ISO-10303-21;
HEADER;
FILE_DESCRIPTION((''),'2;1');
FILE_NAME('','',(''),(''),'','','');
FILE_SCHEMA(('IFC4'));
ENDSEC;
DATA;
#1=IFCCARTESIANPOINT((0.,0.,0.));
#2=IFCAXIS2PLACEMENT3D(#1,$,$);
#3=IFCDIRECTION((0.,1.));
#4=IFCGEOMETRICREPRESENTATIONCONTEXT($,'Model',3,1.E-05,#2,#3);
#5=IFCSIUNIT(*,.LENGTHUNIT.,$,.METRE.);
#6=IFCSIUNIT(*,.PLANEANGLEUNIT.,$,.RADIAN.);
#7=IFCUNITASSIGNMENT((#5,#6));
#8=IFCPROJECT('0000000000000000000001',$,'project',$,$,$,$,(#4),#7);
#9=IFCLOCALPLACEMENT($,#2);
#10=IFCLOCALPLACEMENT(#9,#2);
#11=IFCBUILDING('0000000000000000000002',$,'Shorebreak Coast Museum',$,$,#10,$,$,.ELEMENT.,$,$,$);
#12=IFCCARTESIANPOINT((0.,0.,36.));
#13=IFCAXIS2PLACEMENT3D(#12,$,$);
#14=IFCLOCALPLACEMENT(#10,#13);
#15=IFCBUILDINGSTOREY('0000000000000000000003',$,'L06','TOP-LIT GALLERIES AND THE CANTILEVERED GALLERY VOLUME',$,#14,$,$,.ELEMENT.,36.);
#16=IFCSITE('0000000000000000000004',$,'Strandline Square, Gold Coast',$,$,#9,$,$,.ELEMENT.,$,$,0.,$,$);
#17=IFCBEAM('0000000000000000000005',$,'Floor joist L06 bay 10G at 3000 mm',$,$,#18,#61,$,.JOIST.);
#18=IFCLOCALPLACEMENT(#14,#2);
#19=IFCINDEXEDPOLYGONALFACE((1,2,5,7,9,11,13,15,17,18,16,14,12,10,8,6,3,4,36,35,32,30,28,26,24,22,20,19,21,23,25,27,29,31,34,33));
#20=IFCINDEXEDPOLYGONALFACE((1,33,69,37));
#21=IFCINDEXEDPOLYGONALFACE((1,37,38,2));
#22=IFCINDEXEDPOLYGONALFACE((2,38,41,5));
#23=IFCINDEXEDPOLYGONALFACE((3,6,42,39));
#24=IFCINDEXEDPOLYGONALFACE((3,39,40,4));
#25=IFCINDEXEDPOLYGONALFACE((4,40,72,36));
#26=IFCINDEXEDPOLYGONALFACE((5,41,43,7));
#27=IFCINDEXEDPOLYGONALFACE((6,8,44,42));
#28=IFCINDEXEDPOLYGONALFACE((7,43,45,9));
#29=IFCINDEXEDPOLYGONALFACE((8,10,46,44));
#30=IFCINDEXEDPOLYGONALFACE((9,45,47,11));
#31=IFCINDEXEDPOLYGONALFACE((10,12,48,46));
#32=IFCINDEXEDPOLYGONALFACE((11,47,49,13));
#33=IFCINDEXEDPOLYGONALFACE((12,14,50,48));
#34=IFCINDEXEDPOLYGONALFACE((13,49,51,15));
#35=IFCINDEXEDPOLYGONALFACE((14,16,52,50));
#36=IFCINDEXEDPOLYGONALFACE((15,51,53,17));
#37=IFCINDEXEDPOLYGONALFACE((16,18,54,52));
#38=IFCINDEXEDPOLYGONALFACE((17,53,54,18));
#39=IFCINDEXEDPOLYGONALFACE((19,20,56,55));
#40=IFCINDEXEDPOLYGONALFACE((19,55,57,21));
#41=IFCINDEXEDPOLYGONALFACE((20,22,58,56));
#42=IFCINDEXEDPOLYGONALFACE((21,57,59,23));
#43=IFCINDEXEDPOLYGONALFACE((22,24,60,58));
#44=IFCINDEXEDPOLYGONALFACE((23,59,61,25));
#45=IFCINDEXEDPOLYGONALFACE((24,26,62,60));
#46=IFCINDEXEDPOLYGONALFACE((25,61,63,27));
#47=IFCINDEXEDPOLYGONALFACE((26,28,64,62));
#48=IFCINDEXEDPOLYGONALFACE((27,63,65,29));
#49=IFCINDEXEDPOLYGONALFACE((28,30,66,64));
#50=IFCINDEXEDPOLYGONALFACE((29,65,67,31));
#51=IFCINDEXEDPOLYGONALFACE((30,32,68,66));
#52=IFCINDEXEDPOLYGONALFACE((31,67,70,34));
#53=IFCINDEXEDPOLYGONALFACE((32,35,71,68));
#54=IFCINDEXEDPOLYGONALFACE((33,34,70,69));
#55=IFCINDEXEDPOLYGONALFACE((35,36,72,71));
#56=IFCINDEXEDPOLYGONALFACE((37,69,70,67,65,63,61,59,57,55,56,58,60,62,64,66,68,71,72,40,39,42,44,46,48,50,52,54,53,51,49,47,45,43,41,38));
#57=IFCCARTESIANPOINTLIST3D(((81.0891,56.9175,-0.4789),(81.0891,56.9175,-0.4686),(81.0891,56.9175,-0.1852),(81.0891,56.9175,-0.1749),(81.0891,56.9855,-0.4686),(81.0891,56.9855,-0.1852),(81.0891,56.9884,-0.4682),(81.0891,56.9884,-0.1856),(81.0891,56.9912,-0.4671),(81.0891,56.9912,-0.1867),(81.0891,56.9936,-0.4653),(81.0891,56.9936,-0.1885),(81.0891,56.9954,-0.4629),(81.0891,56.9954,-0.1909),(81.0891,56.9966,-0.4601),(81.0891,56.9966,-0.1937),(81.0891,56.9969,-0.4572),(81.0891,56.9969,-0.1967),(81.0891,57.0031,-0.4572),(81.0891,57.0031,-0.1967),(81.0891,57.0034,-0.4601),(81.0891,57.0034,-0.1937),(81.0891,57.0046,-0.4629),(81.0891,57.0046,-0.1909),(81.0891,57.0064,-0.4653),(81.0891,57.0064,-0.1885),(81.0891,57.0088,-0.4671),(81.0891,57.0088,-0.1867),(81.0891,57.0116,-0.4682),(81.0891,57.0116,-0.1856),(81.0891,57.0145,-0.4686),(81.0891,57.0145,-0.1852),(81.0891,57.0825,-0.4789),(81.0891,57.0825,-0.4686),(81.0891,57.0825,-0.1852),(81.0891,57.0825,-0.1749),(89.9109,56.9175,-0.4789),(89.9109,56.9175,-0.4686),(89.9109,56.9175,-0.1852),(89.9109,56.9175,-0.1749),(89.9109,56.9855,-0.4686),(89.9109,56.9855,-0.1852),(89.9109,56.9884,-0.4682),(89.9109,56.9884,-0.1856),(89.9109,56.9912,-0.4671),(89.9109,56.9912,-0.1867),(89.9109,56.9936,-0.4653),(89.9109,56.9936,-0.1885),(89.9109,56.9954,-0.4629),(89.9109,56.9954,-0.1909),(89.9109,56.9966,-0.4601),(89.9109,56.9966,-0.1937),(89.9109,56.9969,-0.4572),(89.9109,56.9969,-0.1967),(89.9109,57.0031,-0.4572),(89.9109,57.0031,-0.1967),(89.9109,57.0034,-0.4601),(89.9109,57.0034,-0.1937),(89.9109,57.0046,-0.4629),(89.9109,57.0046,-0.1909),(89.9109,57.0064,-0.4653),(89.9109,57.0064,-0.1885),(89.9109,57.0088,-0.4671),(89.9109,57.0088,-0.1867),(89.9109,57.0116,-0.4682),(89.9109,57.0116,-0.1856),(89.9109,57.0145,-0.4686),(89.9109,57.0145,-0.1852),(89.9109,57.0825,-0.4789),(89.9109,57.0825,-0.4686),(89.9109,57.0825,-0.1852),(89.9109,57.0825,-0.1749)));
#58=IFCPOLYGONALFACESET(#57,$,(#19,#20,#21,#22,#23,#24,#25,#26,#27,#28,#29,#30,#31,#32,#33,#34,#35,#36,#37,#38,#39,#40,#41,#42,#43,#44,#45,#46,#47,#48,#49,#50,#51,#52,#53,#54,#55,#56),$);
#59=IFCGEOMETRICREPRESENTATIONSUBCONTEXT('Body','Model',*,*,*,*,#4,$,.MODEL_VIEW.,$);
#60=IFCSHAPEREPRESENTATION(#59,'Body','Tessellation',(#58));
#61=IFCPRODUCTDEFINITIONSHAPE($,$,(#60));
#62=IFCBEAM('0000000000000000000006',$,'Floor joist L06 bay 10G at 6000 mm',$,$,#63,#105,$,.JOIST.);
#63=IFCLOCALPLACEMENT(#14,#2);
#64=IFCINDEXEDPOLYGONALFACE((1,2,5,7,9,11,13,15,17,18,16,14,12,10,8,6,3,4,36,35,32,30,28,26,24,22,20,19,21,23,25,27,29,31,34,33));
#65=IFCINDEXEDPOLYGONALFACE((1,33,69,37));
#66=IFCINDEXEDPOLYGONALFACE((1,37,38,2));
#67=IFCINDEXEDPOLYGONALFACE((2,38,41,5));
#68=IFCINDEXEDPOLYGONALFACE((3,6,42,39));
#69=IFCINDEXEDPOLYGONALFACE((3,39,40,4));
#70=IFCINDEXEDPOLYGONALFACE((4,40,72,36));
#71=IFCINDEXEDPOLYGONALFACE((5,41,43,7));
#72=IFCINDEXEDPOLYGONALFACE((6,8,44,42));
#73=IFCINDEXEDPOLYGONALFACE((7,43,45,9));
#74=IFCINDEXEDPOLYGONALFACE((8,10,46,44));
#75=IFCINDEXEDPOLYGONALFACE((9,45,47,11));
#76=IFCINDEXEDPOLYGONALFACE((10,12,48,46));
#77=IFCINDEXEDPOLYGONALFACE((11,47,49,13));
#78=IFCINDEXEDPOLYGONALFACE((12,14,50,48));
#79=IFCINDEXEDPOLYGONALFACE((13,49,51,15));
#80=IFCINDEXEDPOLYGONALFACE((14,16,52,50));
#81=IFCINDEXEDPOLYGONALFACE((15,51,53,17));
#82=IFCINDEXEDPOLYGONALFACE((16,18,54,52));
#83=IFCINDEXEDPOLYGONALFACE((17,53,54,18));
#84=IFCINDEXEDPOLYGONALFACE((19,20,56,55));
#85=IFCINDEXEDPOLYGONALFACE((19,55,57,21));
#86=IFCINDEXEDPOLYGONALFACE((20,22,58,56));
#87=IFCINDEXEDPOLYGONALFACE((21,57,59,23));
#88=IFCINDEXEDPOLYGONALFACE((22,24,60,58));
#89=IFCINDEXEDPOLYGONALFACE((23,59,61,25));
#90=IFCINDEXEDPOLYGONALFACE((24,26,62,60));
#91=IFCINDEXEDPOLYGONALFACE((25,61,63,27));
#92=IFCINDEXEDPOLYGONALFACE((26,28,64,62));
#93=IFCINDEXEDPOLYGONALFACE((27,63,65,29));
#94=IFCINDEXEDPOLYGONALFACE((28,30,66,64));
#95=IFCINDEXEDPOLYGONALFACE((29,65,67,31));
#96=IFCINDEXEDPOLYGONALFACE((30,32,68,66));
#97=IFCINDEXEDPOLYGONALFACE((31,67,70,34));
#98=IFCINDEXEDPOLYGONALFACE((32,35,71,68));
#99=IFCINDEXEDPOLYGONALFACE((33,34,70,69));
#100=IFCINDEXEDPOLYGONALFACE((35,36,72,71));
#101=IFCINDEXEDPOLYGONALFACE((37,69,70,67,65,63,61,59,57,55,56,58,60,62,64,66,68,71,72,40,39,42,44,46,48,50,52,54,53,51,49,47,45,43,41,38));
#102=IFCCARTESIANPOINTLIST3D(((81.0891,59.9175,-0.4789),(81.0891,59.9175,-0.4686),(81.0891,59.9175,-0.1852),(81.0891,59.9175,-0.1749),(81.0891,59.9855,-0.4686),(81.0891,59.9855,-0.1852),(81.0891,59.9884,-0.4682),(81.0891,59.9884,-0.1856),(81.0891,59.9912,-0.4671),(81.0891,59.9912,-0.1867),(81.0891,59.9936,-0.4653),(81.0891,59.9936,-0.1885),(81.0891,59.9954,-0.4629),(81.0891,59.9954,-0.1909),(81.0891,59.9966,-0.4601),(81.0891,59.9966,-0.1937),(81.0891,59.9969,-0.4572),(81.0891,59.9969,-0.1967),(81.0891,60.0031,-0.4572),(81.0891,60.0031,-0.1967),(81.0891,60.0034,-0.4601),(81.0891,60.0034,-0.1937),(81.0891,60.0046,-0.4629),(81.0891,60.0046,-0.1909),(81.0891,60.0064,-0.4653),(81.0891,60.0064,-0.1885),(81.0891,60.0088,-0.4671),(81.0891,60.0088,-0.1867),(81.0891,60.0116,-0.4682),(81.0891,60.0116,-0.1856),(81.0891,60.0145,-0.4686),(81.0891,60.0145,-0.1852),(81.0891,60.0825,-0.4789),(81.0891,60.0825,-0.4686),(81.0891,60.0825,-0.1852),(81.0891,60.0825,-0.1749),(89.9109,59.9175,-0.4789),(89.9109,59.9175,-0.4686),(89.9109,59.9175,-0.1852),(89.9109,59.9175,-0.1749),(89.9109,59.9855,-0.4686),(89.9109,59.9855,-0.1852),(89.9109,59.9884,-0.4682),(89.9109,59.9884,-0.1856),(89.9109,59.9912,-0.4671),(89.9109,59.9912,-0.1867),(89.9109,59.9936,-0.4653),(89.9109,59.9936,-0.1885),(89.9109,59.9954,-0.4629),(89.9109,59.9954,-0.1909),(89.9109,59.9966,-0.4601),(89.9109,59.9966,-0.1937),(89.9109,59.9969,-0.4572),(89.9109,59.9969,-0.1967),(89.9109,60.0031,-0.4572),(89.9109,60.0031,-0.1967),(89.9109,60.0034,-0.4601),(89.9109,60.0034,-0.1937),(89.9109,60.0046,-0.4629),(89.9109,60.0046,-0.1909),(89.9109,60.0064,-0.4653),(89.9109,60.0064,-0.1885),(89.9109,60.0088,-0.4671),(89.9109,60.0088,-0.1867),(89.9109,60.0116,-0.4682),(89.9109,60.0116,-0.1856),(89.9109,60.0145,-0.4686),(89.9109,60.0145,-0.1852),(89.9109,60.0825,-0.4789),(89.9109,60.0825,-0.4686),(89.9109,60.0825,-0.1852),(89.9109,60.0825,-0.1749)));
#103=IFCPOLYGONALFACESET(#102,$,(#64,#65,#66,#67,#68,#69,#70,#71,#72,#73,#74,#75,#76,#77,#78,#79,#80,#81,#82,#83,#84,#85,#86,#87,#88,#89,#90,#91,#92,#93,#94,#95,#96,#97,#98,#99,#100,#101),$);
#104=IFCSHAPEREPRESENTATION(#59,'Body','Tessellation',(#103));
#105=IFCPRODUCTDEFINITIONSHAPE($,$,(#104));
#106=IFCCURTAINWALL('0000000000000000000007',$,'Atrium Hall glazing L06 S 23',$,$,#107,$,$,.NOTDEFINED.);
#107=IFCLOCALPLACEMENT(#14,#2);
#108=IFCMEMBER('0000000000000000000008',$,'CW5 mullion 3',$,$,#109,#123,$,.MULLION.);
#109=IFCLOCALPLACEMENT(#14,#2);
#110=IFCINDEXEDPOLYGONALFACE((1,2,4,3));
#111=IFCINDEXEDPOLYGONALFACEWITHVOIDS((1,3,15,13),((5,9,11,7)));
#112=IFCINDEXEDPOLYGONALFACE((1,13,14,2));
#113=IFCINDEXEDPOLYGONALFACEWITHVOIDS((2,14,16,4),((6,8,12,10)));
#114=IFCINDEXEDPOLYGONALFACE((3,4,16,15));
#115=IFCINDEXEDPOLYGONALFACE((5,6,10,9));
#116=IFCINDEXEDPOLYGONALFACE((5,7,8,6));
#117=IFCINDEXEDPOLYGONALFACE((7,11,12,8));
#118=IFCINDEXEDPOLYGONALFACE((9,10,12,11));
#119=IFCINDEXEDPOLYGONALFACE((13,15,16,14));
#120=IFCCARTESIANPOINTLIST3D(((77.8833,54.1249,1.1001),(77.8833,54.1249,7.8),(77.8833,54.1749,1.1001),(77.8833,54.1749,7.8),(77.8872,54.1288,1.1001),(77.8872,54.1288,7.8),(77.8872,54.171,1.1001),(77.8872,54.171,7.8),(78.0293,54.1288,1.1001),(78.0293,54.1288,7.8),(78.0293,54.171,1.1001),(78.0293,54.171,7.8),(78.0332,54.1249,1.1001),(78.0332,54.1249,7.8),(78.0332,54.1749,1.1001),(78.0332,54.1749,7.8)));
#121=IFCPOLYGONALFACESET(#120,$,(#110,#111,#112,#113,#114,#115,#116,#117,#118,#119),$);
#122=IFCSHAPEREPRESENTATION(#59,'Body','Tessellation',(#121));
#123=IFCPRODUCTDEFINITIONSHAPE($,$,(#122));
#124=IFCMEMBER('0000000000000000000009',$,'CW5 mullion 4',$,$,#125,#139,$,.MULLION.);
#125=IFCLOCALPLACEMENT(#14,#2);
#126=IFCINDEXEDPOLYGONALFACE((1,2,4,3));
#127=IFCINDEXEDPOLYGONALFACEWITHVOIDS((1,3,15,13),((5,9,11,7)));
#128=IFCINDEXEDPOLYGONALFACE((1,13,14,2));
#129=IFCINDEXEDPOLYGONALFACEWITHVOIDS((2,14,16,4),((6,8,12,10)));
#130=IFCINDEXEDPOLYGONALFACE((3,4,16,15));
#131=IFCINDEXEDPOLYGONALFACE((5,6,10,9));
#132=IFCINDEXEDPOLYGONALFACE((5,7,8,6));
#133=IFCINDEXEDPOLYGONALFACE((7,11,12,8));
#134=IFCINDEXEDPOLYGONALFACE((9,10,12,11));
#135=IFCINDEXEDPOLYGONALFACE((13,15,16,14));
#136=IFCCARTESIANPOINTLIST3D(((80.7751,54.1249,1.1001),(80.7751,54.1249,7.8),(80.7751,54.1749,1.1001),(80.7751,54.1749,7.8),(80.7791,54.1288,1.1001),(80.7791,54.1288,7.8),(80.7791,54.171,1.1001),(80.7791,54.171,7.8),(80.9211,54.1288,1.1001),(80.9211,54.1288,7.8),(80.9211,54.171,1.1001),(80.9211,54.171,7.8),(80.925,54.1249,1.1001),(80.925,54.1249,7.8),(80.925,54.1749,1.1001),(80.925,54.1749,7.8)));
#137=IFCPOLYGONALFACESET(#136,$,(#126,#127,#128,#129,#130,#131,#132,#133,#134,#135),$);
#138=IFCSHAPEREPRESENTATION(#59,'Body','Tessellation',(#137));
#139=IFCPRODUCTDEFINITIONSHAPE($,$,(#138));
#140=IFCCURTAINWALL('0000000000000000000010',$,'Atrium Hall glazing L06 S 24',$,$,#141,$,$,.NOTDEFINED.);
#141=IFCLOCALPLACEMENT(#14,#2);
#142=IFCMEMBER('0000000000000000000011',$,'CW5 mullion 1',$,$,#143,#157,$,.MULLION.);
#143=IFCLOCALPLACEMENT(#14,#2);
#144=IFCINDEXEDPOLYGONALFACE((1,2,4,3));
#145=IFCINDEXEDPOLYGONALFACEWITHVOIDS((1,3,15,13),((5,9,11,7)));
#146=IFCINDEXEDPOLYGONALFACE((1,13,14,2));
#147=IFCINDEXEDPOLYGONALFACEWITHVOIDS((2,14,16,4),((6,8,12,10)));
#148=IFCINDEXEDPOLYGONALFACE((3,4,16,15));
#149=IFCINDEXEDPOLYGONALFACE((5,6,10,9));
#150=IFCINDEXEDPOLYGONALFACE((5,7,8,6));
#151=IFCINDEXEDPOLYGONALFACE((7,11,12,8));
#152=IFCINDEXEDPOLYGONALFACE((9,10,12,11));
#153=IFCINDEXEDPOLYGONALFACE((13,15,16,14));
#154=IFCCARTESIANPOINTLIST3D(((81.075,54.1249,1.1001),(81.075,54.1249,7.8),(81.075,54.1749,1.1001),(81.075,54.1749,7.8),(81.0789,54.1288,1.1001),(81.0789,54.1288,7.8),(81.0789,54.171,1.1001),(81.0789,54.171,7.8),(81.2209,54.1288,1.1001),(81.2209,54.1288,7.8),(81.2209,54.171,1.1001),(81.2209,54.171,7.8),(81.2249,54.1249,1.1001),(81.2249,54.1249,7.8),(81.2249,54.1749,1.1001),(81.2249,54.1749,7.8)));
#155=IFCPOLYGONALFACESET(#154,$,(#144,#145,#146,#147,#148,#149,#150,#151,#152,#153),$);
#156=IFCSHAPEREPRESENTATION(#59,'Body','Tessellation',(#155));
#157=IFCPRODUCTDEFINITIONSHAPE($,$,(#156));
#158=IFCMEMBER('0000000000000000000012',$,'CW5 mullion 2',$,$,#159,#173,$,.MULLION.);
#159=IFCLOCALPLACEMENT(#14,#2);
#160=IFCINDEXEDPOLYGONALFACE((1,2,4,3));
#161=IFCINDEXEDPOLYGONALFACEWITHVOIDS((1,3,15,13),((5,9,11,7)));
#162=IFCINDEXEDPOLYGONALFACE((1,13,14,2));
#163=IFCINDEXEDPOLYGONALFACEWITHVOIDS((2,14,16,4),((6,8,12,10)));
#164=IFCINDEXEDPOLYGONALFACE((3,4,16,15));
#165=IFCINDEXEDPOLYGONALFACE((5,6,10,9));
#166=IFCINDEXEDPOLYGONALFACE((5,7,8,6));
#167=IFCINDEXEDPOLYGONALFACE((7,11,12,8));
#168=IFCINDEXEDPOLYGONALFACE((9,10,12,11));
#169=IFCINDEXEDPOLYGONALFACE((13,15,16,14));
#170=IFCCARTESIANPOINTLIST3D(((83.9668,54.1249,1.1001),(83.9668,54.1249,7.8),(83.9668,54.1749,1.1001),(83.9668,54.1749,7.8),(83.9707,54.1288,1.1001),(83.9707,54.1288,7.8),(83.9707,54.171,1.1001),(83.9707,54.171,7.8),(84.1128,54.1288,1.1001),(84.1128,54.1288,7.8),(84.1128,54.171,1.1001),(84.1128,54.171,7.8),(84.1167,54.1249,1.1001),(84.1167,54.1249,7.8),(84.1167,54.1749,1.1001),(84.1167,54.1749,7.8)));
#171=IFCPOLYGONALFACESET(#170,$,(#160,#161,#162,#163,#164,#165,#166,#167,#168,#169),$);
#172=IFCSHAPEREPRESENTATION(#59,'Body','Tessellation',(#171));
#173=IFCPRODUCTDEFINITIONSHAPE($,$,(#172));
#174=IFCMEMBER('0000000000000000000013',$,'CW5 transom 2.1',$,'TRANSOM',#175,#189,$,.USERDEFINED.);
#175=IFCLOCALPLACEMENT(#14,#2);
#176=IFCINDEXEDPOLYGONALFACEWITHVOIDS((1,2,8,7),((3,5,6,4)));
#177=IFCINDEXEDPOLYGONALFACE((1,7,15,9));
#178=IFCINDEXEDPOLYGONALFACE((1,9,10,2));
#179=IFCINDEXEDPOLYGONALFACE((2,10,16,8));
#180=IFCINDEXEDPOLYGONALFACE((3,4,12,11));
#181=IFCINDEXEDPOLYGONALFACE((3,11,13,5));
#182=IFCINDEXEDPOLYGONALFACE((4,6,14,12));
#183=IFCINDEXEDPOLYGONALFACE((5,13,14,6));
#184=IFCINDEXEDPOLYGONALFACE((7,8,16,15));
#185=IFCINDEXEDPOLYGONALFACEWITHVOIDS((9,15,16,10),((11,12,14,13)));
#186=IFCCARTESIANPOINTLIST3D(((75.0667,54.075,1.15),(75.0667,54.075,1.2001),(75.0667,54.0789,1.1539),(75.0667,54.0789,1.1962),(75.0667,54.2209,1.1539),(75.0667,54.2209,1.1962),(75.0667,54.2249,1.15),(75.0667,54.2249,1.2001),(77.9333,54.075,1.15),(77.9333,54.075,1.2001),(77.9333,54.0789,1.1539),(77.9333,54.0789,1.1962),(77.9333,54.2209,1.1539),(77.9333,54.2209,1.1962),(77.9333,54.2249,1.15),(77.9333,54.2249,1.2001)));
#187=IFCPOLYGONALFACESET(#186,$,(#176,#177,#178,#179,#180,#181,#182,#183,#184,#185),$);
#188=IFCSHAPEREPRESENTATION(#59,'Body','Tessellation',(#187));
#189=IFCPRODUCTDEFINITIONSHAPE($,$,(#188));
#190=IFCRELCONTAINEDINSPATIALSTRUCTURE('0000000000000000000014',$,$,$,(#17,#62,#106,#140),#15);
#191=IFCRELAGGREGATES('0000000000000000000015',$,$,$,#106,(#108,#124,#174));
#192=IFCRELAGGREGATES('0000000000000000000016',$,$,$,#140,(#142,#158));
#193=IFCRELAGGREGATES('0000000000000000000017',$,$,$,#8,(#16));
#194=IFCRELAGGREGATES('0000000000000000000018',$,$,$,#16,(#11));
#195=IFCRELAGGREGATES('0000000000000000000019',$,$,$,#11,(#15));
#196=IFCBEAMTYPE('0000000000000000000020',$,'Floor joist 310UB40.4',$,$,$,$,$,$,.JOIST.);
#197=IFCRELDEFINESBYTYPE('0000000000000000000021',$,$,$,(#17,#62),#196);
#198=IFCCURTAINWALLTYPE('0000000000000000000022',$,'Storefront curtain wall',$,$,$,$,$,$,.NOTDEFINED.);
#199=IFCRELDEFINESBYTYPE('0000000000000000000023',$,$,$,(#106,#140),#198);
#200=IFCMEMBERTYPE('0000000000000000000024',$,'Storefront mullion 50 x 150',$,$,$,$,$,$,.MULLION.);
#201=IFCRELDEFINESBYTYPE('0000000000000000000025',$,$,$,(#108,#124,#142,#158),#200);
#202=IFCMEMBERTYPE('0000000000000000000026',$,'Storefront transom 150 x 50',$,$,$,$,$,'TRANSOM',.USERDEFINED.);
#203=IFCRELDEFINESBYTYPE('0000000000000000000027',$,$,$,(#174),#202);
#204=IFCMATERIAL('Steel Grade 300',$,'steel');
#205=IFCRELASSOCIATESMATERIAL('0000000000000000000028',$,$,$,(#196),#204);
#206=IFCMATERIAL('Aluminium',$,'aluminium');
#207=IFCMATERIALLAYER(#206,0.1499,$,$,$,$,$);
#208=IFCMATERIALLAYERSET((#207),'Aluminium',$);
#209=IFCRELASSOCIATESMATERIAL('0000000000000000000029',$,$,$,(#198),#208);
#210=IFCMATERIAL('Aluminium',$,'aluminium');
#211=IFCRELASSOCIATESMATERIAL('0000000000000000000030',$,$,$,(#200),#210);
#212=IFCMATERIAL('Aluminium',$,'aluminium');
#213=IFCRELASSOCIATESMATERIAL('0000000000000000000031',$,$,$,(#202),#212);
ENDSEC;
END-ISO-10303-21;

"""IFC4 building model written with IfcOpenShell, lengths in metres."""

from ifc_helpers import new_model, si_unit, direction, frame, origin, origin_2d, place, context, subcontext, project, spatial, hollow_rectangle, i_section, extrude, material, layer, layer_set, material_profile, profile_set, type_object, element, aggregate, save


model = new_model("IFC4")

# Units and contexts
model_context = context("Model", 3, precision=1e-05, world=origin(), true_north=direction((0.0, 1.0)))
body_context = subcontext(model_context, "Body", "Model", "MODEL_VIEW")
ifc_project = project(units=[si_unit("LENGTHUNIT", "METRE"), si_unit("PLANEANGLEUNIT", "RADIAN")], contexts=[model_context])

# Site, building, storey
site_placement = place(None, origin())
site = spatial("IfcSite", under=ifc_project, at=site_placement, Name="Strandline Square, Gold Coast", CompositionType="ELEMENT", RefElevation=0.0)
building_placement = place(site_placement, origin())
building = spatial("IfcBuilding", under=site, at=building_placement, Name="Shorebreak Coast Museum", CompositionType="ELEMENT")
storey_placement = place(building_placement, frame((0.0, 0.0, 36.0)))
storey = spatial("IfcBuildingStorey", under=building, at=storey_placement, Name="L06", Description="TOP-LIT GALLERIES AND THE CANTILEVERED GALLERY VOLUME", CompositionType="ELEMENT", Elevation=36.0)

# Beams
ifc_material_1 = material(Name="Steel Grade 300", Category="steel")
ifc_material_profile_1 = material_profile(ifc_material_1, i_section(OverallWidth=0.165, OverallDepth=0.304, WebThickness=0.0061, FlangeThickness=0.0103, FilletRadius=0.0115, at=origin_2d()), Name="310UB40.4")
ifc_profile_set_1 = profile_set([ifc_material_profile_1], Name="Steel Grade 300")
beam_type_1 = type_object("IfcBeamType", Name="Floor joist 310UB40.4", PredefinedType="JOIST", material=ifc_profile_set_1)
for number, where, z_axis, x_axis, name in (
    (1, (81.0891, 57.0, -0.3269), (1.0, 0.0, 0.0), (0.0, 1.0, 0.0), "Floor joist L06 bay 10G at 3000 mm"),
    (2, (81.0891, 60.0, -0.3269), (1.0, 0.0, 0.0), (0.0, 1.0, 0.0), "Floor joist L06 bay 10G at 6000 mm"),
):
    element("IfcBeam", number, at=place(storey_placement, frame(where, z_axis=z_axis, x_axis=x_axis)), inside=storey, type_object=beam_type_1, Name=name, PredefinedType="JOIST", context=body_context, shape_type="SweptSolid", body=[
        extrude(i_section(OverallWidth=0.165, OverallDepth=0.304, WebThickness=0.0061, FlangeThickness=0.0103, FilletRadius=0.0115, at=origin_2d()), origin(), (0.0, 0.0, 1.0), 8.8218),
    ])

# Curtain walls, members
ifc_material_2 = material(Name="Aluminium", Category="aluminium")
ifc_layer_1 = layer(ifc_material_2, 0.1499)
ifc_layer_set_1 = layer_set([ifc_layer_1], Name="Aluminium")
curtain_wall_type = type_object("IfcCurtainWallType", Name="Storefront curtain wall", PredefinedType="NOTDEFINED", material=ifc_layer_set_1)
curtain_wall_1_placement = place(storey_placement, origin())
curtain_wall_1 = element("IfcCurtainWall", 3, at=curtain_wall_1_placement, inside=storey, type_object=curtain_wall_type, Name="Atrium Hall glazing L06 S 23", PredefinedType="NOTDEFINED")
ifc_material_3 = material(Name="Aluminium", Category="aluminium")
ifc_material_profile_2 = material_profile(ifc_material_3, hollow_rectangle(XDim=0.05, YDim=0.1499, WallThickness=0.0039, at=origin_2d()), Name="AL 150x50 RHS")
ifc_profile_set_2 = profile_set([ifc_material_profile_2], Name="Aluminium")
member_type_1 = type_object("IfcMemberType", Name="Storefront mullion 50 x 150", PredefinedType="MULLION", material=ifc_profile_set_2)
member_1_placement = place(storey_placement, frame((77.9583, 54.1499, 1.1001), z_axis=(0.0, 0.0, 1.0), x_axis=(0.0, 1.0, 0.0)))
member_1 = element("IfcMember", 4, at=member_1_placement, type_object=member_type_1, Name="CW5 mullion 3", PredefinedType="MULLION", context=body_context, shape_type="SweptSolid", body=[
    extrude(hollow_rectangle(XDim=0.05, YDim=0.1499, WallThickness=0.0039, at=origin_2d()), origin(), (0.0, 0.0, 1.0), 6.7),
])
member_2_placement = place(storey_placement, frame((80.8501, 54.1499, 1.1001), z_axis=(0.0, 0.0, 1.0), x_axis=(0.0, 1.0, 0.0)))
member_2 = element("IfcMember", 5, at=member_2_placement, type_object=member_type_1, Name="CW5 mullion 4", PredefinedType="MULLION", context=body_context, shape_type="SweptSolid", body=[
    extrude(hollow_rectangle(XDim=0.05, YDim=0.1499, WallThickness=0.0039, at=origin_2d()), origin(), (0.0, 0.0, 1.0), 6.7),
])
curtain_wall_2_placement = place(storey_placement, origin())
curtain_wall_2 = element("IfcCurtainWall", 6, at=curtain_wall_2_placement, inside=storey, type_object=curtain_wall_type, Name="Atrium Hall glazing L06 S 24", PredefinedType="NOTDEFINED")
member_3_placement = place(storey_placement, frame((81.1499, 54.1499, 1.1001), z_axis=(0.0, 0.0, 1.0), x_axis=(0.0, 1.0, 0.0)))
member_3 = element("IfcMember", 7, at=member_3_placement, type_object=member_type_1, Name="CW5 mullion 1", PredefinedType="MULLION", context=body_context, shape_type="SweptSolid", body=[
    extrude(hollow_rectangle(XDim=0.05, YDim=0.1499, WallThickness=0.0039, at=origin_2d()), origin(), (0.0, 0.0, 1.0), 6.7),
])
member_4_placement = place(storey_placement, frame((84.0417, 54.1499, 1.1001), z_axis=(0.0, 0.0, 1.0), x_axis=(0.0, 1.0, 0.0)))
member_4 = element("IfcMember", 8, at=member_4_placement, type_object=member_type_1, Name="CW5 mullion 2", PredefinedType="MULLION", context=body_context, shape_type="SweptSolid", body=[
    extrude(hollow_rectangle(XDim=0.05, YDim=0.1499, WallThickness=0.0039, at=origin_2d()), origin(), (0.0, 0.0, 1.0), 6.7),
])

# Member
ifc_material_4 = material(Name="Aluminium", Category="aluminium")
ifc_material_profile_3 = material_profile(ifc_material_4, hollow_rectangle(XDim=0.1499, YDim=0.05, WallThickness=0.0039, at=origin_2d()), Name="AL 50x150 RHS")
ifc_profile_set_3 = profile_set([ifc_material_profile_3], Name="Aluminium")
member_type_2 = type_object("IfcMemberType", Name="Storefront transom 150 x 50", ElementType="TRANSOM", PredefinedType="USERDEFINED", material=ifc_profile_set_3)
member_5_placement = place(storey_placement, frame((75.0667, 54.1499, 1.175), z_axis=(1.0, 0.0, 0.0), x_axis=(0.0, 1.0, 0.0)))
member_5 = element("IfcMember", 9, at=member_5_placement, type_object=member_type_2, Name="CW5 transom 2.1", ObjectType="TRANSOM", PredefinedType="USERDEFINED", context=body_context, shape_type="SweptSolid", body=[
    extrude(hollow_rectangle(XDim=0.1499, YDim=0.05, WallThickness=0.0039, at=origin_2d()), origin(), (0.0, 0.0, 1.0), 2.8667),
])

aggregate(curtain_wall_1, [member_1, member_2, member_5])
aggregate(curtain_wall_2, [member_3, member_4])

save(model, "model.ifc")
